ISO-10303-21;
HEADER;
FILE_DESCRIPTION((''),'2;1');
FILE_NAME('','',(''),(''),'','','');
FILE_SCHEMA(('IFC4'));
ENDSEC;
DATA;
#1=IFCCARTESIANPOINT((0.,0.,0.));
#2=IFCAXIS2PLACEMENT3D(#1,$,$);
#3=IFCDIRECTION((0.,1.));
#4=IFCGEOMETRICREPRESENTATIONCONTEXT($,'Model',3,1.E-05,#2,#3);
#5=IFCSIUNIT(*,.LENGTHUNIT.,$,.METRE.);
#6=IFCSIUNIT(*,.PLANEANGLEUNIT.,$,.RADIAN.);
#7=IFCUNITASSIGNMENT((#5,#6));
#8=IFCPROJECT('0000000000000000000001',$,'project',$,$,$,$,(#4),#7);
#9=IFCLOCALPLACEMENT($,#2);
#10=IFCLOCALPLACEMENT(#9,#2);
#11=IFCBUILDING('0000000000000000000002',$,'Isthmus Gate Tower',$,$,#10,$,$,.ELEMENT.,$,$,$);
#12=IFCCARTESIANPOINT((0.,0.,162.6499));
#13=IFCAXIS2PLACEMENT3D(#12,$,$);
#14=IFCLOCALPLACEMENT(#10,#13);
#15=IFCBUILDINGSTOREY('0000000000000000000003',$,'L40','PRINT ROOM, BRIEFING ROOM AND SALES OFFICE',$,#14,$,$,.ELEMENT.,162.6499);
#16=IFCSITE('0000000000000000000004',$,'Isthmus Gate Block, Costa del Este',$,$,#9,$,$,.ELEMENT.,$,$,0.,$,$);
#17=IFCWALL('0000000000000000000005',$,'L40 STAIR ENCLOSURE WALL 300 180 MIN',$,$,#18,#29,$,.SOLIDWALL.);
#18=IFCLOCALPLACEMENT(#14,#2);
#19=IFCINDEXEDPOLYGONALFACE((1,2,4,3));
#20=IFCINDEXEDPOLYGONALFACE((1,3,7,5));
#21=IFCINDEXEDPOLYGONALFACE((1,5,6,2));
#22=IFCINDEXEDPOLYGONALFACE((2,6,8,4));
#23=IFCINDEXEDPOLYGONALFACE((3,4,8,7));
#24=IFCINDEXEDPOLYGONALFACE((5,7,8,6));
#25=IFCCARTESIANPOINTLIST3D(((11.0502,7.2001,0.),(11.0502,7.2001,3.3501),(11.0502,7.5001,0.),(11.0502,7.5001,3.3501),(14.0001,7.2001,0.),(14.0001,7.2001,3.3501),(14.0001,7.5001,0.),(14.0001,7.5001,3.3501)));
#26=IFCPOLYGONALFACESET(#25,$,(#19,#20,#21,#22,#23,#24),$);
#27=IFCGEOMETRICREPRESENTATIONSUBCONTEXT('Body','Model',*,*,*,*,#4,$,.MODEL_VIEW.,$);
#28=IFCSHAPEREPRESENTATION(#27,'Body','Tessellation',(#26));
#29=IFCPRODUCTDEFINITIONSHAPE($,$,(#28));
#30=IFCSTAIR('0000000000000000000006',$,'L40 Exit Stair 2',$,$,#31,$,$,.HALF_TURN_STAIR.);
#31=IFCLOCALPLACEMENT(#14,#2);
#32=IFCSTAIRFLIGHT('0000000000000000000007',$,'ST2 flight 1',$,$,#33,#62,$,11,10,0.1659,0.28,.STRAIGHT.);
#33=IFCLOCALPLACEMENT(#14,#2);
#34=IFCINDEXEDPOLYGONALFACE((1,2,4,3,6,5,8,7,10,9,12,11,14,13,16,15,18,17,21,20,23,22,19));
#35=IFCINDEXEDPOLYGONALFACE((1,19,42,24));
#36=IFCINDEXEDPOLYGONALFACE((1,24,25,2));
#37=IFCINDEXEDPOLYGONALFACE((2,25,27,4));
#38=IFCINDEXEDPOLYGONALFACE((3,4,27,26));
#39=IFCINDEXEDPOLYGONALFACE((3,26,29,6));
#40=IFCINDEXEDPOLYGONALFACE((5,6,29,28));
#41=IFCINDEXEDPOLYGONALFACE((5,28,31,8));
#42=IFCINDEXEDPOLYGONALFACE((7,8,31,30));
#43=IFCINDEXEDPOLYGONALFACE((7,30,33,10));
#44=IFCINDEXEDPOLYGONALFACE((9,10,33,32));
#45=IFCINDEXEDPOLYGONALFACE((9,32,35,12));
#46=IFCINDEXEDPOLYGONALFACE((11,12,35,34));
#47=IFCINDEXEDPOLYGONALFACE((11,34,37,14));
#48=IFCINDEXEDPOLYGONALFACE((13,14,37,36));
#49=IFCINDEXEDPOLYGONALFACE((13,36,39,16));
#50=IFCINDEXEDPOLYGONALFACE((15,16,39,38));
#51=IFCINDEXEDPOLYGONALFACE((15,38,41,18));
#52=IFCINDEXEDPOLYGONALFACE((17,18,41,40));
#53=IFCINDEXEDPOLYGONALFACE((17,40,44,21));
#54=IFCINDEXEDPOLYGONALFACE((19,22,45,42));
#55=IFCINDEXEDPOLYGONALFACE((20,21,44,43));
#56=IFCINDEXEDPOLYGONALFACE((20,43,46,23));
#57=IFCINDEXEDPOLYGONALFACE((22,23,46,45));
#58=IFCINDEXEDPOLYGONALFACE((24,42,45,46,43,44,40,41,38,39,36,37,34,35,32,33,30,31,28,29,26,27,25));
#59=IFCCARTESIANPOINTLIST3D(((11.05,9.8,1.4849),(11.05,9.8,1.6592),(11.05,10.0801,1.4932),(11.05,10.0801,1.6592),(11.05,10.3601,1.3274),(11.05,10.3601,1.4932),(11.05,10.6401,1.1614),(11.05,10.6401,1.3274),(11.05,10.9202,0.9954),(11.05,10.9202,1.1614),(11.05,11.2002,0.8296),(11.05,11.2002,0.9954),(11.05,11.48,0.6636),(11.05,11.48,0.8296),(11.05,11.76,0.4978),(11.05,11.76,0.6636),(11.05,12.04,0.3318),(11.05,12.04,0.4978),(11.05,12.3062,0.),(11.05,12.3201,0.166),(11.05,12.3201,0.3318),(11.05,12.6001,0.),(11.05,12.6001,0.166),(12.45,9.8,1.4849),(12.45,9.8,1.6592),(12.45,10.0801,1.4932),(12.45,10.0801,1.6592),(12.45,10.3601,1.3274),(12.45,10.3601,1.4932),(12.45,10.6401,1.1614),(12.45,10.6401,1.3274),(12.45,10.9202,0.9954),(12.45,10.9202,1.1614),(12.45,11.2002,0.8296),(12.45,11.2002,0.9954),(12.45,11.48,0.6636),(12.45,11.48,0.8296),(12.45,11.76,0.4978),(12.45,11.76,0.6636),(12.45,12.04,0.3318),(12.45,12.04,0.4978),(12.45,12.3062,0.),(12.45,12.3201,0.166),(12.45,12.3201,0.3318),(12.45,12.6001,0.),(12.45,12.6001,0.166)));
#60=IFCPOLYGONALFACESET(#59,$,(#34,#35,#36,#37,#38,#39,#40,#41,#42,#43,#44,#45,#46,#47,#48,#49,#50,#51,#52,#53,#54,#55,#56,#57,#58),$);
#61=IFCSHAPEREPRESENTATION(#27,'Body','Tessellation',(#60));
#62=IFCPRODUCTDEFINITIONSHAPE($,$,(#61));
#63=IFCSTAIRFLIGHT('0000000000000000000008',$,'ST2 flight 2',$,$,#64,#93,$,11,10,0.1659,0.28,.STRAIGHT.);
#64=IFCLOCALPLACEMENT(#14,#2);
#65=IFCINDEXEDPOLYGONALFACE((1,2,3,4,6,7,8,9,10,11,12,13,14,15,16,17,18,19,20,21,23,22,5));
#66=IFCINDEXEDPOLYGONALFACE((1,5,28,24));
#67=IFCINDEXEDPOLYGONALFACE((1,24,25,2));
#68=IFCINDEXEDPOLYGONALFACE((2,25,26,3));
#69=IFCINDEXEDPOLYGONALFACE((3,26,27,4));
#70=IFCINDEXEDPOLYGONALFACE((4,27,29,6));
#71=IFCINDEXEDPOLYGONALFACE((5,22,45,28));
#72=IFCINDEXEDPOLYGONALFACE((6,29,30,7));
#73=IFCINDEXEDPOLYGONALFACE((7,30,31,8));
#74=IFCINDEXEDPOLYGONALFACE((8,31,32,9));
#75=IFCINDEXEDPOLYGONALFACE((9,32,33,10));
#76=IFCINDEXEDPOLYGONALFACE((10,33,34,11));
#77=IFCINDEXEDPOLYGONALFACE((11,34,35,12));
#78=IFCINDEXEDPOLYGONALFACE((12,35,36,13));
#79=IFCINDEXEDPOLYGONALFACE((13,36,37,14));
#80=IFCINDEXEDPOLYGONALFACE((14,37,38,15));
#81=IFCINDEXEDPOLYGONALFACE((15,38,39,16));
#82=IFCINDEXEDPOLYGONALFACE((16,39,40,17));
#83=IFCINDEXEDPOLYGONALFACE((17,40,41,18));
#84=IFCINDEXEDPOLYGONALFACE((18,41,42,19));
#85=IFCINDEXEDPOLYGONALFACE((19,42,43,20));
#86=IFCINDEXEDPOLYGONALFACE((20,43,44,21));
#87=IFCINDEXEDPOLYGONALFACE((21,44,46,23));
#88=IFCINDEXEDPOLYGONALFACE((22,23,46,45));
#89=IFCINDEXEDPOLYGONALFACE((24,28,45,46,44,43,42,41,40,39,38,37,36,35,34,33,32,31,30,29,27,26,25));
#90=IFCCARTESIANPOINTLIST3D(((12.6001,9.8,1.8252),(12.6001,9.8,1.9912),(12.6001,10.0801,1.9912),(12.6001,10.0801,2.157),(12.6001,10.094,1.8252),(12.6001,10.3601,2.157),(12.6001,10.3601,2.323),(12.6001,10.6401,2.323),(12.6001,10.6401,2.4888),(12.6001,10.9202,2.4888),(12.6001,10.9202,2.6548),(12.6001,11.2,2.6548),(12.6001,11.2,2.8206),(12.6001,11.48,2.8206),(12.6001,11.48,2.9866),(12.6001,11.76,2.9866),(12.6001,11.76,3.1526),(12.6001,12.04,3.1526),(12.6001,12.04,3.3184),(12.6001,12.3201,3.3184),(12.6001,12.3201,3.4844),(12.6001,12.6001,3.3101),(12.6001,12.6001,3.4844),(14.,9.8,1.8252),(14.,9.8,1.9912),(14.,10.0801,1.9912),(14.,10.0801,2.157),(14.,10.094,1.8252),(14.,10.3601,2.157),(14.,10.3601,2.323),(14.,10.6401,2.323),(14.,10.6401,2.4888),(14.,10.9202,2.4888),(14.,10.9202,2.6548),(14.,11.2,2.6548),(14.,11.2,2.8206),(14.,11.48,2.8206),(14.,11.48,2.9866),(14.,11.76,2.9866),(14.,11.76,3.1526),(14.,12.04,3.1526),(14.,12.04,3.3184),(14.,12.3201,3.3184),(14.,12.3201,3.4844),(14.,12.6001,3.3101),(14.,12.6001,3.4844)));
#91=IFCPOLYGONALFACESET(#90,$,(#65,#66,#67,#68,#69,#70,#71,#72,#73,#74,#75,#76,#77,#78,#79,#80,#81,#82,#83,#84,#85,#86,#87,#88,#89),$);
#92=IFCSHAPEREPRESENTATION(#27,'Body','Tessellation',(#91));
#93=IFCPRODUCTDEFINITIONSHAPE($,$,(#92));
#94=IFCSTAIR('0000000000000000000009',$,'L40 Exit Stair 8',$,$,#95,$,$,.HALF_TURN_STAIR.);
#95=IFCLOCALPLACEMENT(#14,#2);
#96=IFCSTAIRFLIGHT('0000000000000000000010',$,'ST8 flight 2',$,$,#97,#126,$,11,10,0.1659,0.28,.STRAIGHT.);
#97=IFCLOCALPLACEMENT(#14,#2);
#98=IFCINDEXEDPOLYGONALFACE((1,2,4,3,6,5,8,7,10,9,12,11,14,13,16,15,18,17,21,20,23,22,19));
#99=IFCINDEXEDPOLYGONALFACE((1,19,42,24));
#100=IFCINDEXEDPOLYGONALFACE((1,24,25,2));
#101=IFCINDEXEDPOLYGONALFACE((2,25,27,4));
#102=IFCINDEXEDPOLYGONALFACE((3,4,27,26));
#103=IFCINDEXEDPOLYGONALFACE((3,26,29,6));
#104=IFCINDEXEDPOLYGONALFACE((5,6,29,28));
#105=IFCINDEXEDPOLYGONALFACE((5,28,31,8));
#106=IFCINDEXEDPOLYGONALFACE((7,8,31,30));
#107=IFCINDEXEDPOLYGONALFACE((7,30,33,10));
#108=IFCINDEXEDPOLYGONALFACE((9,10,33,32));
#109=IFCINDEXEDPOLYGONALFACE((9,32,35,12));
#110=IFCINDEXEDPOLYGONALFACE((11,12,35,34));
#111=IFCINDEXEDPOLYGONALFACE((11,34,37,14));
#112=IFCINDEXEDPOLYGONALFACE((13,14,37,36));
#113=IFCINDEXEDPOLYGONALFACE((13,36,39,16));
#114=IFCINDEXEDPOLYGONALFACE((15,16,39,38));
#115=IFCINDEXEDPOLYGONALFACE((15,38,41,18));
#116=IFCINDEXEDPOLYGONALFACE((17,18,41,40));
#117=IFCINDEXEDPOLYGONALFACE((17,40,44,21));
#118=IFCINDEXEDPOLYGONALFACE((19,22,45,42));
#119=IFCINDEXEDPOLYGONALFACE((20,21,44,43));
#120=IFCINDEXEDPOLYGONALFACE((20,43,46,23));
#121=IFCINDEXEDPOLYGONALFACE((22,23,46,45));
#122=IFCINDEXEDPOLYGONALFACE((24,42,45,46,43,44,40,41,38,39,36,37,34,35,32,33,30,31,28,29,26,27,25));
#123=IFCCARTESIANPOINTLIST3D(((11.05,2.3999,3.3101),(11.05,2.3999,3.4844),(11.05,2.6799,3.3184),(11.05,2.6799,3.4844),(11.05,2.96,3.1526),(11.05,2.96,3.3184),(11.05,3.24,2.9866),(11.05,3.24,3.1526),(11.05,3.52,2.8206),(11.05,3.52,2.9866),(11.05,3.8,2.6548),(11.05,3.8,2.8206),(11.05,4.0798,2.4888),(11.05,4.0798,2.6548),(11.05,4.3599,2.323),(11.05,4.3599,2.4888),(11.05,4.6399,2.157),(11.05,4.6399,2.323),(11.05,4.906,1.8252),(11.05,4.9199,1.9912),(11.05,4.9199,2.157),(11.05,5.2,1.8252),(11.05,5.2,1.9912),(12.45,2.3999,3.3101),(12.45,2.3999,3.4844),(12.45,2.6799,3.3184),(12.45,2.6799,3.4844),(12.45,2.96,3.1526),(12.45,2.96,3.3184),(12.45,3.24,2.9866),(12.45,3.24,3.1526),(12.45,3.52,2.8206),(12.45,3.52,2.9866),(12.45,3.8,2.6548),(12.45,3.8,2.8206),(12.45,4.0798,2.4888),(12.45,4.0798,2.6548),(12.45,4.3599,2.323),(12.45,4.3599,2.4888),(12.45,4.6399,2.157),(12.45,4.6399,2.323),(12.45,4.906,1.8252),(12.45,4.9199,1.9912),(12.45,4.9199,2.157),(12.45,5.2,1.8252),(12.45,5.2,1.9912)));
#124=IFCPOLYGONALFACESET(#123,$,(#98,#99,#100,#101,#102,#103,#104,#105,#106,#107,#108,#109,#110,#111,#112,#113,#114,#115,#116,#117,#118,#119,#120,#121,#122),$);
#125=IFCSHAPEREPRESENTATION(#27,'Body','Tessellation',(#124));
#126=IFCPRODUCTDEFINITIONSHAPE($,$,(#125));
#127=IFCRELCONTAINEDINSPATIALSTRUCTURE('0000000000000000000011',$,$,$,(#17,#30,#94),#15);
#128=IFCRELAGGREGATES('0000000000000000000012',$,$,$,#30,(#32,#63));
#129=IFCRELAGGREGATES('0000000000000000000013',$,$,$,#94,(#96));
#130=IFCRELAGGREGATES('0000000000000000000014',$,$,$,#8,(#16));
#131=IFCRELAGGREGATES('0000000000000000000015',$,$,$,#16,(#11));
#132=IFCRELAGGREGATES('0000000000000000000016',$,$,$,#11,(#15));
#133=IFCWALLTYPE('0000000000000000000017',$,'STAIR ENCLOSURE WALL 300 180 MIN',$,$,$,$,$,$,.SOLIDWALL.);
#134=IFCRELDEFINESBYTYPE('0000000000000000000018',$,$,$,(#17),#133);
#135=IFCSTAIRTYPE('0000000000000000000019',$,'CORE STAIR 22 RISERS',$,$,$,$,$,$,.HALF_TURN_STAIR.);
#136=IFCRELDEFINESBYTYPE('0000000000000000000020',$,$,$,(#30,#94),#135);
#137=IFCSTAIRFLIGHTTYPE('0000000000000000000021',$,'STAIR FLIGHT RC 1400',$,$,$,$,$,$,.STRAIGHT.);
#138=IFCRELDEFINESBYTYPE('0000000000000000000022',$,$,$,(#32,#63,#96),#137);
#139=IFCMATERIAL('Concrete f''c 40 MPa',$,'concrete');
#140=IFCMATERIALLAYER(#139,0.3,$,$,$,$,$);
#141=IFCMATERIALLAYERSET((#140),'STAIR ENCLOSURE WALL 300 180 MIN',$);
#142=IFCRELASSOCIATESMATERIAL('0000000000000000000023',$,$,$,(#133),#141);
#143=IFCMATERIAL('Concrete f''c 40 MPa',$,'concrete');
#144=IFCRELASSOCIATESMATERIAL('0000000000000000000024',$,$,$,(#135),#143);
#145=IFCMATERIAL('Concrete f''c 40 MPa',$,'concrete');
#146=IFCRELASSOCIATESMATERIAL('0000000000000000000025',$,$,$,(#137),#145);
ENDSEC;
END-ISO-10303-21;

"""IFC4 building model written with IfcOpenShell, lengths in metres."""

from ifc_helpers import new_model, si_unit, direction, frame, frame_2d, origin, place, context, subcontext, project, spatial, polyline, rectangle, outline, extrude, material, layer, layer_set, type_object, element, aggregate, save


model = new_model("IFC4")

# Units and contexts
model_context = context("Model", 3, precision=1e-05, world=origin(), true_north=direction((0.0, 1.0)))
body_context = subcontext(model_context, "Body", "Model", "MODEL_VIEW")
ifc_project = project(units=[si_unit("LENGTHUNIT", "METRE"), si_unit("PLANEANGLEUNIT", "RADIAN")], contexts=[model_context])

# Site, building, storey
site_placement = place(None, origin())
site = spatial("IfcSite", under=ifc_project, at=site_placement, Name="Isthmus Gate Block, Costa del Este", CompositionType="ELEMENT", RefElevation=0.0)
building_placement = place(site_placement, origin())
building = spatial("IfcBuilding", under=site, at=building_placement, Name="Isthmus Gate Tower", CompositionType="ELEMENT")
storey_placement = place(building_placement, frame((0.0, 0.0, 162.6499)))
storey = spatial("IfcBuildingStorey", under=building, at=storey_placement, Name="L40", Description="PRINT ROOM, BRIEFING ROOM AND SALES OFFICE", CompositionType="ELEMENT", Elevation=162.6499)

# Wall
ifc_material_1 = material(Name="Concrete f'c 40 MPa", Category="concrete")
ifc_layer_1 = layer(ifc_material_1, 0.3)
ifc_layer_set_1 = layer_set([ifc_layer_1], Name="STAIR ENCLOSURE WALL 300 180 MIN")
wall_type_1 = type_object("IfcWallType", Name="STAIR ENCLOSURE WALL 300 180 MIN", PredefinedType="SOLIDWALL", material=ifc_layer_set_1)
wall_1_placement = place(storey_placement, frame((11.05, 7.3501, 0.0), z_axis=(0.0, 0.0, 1.0), x_axis=(1.0, 0.0, 0.0)))
element("IfcWall", 1, at=wall_1_placement, inside=storey, type_object=wall_type_1, Name="L40 STAIR ENCLOSURE WALL 300 180 MIN", PredefinedType="SOLIDWALL", context=body_context, shape_type="SweptSolid", body=[
    extrude(rectangle(XDim=2.95, YDim=0.3, at=frame_2d((1.4751, 0.0))), origin(), (0.0, 0.0, 1.0), 3.3501),
])

# Stair, stair flights
ifc_material_2 = material(Name="Concrete f'c 40 MPa", Category="concrete")
stair_type = type_object("IfcStairType", Name="CORE STAIR 22 RISERS", PredefinedType="HALF_TURN_STAIR", material=ifc_material_2)
stair_1_placement = place(storey_placement, origin())
stair_1 = element("IfcStair", 2, at=stair_1_placement, inside=storey, type_object=stair_type, Name="L40 Exit Stair 2", PredefinedType="HALF_TURN_STAIR")
ifc_material_3 = material(Name="Concrete f'c 40 MPa", Category="concrete")
stair_flight_type = type_object("IfcStairFlightType", Name="STAIR FLIGHT RC 1400", PredefinedType="STRAIGHT", material=ifc_material_3)
stair_flight_1_placement = place(storey_placement, frame((11.75, 12.6001, 0.0), z_axis=(0.0, 0.0, 1.0), x_axis=(0.0, -1.0, 0.0)))
stair_flight_1 = element("IfcStairFlight", 3, at=stair_flight_1_placement, type_object=stair_flight_type, Name="ST2 flight 1", NumberOfRisers=11, NumberOfTreads=10, PredefinedType="STRAIGHT", RiserHeight=0.1659, TreadLength=0.28, context=body_context, shape_type="SweptSolid", body=[
    extrude(outline(polyline([(0.0, 0.0), (0.0, 0.166), (0.28, 0.166), (0.28, 0.3318), (0.5601, 0.3318), (0.5601, 0.4978), (0.8401, 0.4978), (0.8401, 0.6636), (1.1201, 0.6636), (1.1201, 0.8296), (1.3999, 0.8296), (1.3999, 0.9954), (1.6799, 0.9954), (1.6799, 1.1614), (1.96, 1.1614), (1.96, 1.3274), (2.24, 1.3274), (2.24, 1.4932), (2.52, 1.4932), (2.52, 1.6592), (2.8, 1.6592), (2.8, 1.825), (2.8, 1.4849), (0.2939, 0.0), (0.0, 0.0)])), frame((0.0, 0.7, 0.0), z_axis=(0.0, -1.0, 0.0), x_axis=(1.0, 0.0, 0.0)), (0.0, 0.0, 1.0), 1.3999),
])
stair_flight_2_placement = place(storey_placement, frame((13.3, 9.8, 1.8252), z_axis=(0.0, 0.0, 1.0), x_axis=(0.0, 1.0, 0.0)))
stair_flight_2 = element("IfcStairFlight", 4, at=stair_flight_2_placement, type_object=stair_flight_type, Name="ST2 flight 2", NumberOfRisers=11, NumberOfTreads=10, PredefinedType="STRAIGHT", RiserHeight=0.1659, TreadLength=0.28, context=body_context, shape_type="SweptSolid", body=[
    extrude(outline(polyline([(0.0, 0.0), (0.0, 0.166), (0.28, 0.166), (0.28, 0.3318), (0.5601, 0.3318), (0.5601, 0.4978), (0.8401, 0.4978), (0.8401, 0.6636), (1.1201, 0.6636), (1.1201, 0.8296), (1.3999, 0.8296), (1.3999, 0.9954), (1.6799, 0.9954), (1.6799, 1.1614), (1.96, 1.1614), (1.96, 1.3274), (2.24, 1.3274), (2.24, 1.4932), (2.52, 1.4932), (2.52, 1.6592), (2.8, 1.6592), (2.8, 1.825), (2.8, 1.4849), (0.2939, 0.0), (0.0, 0.0)])), frame((0.0, 0.7, 0.0), z_axis=(0.0, -1.0, 0.0), x_axis=(1.0, 0.0, 0.0)), (0.0, 0.0, 1.0), 1.3999),
])
aggregate(stair_1, [stair_flight_1, stair_flight_2])

# Stair, stair flight
stair_2_placement = place(storey_placement, origin())
stair_2 = element("IfcStair", 5, at=stair_2_placement, inside=storey, type_object=stair_type, Name="L40 Exit Stair 8", PredefinedType="HALF_TURN_STAIR")
stair_flight_3_placement = place(storey_placement, frame((11.75, 5.2, 1.8252), z_axis=(0.0, 0.0, 1.0), x_axis=(0.0, -1.0, 0.0)))
stair_flight_3 = element("IfcStairFlight", 6, at=stair_flight_3_placement, type_object=stair_flight_type, Name="ST8 flight 2", NumberOfRisers=11, NumberOfTreads=10, PredefinedType="STRAIGHT", RiserHeight=0.1659, TreadLength=0.28, context=body_context, shape_type="SweptSolid", body=[
    extrude(outline(polyline([(0.0, 0.0), (0.0, 0.166), (0.28, 0.166), (0.28, 0.3318), (0.5601, 0.3318), (0.5601, 0.4978), (0.8401, 0.4978), (0.8401, 0.6636), (1.1201, 0.6636), (1.1201, 0.8296), (1.3999, 0.8296), (1.3999, 0.9954), (1.6799, 0.9954), (1.6799, 1.1614), (1.96, 1.1614), (1.96, 1.3274), (2.24, 1.3274), (2.24, 1.4932), (2.52, 1.4932), (2.52, 1.6592), (2.8, 1.6592), (2.8, 1.825), (2.8, 1.4849), (0.2939, 0.0), (0.0, 0.0)])), frame((0.0, 0.7, 0.0), z_axis=(0.0, -1.0, 0.0), x_axis=(1.0, 0.0, 0.0)), (0.0, 0.0, 1.0), 1.3999),
])
aggregate(stair_2, [stair_flight_3])

save(model, "model.ifc")
